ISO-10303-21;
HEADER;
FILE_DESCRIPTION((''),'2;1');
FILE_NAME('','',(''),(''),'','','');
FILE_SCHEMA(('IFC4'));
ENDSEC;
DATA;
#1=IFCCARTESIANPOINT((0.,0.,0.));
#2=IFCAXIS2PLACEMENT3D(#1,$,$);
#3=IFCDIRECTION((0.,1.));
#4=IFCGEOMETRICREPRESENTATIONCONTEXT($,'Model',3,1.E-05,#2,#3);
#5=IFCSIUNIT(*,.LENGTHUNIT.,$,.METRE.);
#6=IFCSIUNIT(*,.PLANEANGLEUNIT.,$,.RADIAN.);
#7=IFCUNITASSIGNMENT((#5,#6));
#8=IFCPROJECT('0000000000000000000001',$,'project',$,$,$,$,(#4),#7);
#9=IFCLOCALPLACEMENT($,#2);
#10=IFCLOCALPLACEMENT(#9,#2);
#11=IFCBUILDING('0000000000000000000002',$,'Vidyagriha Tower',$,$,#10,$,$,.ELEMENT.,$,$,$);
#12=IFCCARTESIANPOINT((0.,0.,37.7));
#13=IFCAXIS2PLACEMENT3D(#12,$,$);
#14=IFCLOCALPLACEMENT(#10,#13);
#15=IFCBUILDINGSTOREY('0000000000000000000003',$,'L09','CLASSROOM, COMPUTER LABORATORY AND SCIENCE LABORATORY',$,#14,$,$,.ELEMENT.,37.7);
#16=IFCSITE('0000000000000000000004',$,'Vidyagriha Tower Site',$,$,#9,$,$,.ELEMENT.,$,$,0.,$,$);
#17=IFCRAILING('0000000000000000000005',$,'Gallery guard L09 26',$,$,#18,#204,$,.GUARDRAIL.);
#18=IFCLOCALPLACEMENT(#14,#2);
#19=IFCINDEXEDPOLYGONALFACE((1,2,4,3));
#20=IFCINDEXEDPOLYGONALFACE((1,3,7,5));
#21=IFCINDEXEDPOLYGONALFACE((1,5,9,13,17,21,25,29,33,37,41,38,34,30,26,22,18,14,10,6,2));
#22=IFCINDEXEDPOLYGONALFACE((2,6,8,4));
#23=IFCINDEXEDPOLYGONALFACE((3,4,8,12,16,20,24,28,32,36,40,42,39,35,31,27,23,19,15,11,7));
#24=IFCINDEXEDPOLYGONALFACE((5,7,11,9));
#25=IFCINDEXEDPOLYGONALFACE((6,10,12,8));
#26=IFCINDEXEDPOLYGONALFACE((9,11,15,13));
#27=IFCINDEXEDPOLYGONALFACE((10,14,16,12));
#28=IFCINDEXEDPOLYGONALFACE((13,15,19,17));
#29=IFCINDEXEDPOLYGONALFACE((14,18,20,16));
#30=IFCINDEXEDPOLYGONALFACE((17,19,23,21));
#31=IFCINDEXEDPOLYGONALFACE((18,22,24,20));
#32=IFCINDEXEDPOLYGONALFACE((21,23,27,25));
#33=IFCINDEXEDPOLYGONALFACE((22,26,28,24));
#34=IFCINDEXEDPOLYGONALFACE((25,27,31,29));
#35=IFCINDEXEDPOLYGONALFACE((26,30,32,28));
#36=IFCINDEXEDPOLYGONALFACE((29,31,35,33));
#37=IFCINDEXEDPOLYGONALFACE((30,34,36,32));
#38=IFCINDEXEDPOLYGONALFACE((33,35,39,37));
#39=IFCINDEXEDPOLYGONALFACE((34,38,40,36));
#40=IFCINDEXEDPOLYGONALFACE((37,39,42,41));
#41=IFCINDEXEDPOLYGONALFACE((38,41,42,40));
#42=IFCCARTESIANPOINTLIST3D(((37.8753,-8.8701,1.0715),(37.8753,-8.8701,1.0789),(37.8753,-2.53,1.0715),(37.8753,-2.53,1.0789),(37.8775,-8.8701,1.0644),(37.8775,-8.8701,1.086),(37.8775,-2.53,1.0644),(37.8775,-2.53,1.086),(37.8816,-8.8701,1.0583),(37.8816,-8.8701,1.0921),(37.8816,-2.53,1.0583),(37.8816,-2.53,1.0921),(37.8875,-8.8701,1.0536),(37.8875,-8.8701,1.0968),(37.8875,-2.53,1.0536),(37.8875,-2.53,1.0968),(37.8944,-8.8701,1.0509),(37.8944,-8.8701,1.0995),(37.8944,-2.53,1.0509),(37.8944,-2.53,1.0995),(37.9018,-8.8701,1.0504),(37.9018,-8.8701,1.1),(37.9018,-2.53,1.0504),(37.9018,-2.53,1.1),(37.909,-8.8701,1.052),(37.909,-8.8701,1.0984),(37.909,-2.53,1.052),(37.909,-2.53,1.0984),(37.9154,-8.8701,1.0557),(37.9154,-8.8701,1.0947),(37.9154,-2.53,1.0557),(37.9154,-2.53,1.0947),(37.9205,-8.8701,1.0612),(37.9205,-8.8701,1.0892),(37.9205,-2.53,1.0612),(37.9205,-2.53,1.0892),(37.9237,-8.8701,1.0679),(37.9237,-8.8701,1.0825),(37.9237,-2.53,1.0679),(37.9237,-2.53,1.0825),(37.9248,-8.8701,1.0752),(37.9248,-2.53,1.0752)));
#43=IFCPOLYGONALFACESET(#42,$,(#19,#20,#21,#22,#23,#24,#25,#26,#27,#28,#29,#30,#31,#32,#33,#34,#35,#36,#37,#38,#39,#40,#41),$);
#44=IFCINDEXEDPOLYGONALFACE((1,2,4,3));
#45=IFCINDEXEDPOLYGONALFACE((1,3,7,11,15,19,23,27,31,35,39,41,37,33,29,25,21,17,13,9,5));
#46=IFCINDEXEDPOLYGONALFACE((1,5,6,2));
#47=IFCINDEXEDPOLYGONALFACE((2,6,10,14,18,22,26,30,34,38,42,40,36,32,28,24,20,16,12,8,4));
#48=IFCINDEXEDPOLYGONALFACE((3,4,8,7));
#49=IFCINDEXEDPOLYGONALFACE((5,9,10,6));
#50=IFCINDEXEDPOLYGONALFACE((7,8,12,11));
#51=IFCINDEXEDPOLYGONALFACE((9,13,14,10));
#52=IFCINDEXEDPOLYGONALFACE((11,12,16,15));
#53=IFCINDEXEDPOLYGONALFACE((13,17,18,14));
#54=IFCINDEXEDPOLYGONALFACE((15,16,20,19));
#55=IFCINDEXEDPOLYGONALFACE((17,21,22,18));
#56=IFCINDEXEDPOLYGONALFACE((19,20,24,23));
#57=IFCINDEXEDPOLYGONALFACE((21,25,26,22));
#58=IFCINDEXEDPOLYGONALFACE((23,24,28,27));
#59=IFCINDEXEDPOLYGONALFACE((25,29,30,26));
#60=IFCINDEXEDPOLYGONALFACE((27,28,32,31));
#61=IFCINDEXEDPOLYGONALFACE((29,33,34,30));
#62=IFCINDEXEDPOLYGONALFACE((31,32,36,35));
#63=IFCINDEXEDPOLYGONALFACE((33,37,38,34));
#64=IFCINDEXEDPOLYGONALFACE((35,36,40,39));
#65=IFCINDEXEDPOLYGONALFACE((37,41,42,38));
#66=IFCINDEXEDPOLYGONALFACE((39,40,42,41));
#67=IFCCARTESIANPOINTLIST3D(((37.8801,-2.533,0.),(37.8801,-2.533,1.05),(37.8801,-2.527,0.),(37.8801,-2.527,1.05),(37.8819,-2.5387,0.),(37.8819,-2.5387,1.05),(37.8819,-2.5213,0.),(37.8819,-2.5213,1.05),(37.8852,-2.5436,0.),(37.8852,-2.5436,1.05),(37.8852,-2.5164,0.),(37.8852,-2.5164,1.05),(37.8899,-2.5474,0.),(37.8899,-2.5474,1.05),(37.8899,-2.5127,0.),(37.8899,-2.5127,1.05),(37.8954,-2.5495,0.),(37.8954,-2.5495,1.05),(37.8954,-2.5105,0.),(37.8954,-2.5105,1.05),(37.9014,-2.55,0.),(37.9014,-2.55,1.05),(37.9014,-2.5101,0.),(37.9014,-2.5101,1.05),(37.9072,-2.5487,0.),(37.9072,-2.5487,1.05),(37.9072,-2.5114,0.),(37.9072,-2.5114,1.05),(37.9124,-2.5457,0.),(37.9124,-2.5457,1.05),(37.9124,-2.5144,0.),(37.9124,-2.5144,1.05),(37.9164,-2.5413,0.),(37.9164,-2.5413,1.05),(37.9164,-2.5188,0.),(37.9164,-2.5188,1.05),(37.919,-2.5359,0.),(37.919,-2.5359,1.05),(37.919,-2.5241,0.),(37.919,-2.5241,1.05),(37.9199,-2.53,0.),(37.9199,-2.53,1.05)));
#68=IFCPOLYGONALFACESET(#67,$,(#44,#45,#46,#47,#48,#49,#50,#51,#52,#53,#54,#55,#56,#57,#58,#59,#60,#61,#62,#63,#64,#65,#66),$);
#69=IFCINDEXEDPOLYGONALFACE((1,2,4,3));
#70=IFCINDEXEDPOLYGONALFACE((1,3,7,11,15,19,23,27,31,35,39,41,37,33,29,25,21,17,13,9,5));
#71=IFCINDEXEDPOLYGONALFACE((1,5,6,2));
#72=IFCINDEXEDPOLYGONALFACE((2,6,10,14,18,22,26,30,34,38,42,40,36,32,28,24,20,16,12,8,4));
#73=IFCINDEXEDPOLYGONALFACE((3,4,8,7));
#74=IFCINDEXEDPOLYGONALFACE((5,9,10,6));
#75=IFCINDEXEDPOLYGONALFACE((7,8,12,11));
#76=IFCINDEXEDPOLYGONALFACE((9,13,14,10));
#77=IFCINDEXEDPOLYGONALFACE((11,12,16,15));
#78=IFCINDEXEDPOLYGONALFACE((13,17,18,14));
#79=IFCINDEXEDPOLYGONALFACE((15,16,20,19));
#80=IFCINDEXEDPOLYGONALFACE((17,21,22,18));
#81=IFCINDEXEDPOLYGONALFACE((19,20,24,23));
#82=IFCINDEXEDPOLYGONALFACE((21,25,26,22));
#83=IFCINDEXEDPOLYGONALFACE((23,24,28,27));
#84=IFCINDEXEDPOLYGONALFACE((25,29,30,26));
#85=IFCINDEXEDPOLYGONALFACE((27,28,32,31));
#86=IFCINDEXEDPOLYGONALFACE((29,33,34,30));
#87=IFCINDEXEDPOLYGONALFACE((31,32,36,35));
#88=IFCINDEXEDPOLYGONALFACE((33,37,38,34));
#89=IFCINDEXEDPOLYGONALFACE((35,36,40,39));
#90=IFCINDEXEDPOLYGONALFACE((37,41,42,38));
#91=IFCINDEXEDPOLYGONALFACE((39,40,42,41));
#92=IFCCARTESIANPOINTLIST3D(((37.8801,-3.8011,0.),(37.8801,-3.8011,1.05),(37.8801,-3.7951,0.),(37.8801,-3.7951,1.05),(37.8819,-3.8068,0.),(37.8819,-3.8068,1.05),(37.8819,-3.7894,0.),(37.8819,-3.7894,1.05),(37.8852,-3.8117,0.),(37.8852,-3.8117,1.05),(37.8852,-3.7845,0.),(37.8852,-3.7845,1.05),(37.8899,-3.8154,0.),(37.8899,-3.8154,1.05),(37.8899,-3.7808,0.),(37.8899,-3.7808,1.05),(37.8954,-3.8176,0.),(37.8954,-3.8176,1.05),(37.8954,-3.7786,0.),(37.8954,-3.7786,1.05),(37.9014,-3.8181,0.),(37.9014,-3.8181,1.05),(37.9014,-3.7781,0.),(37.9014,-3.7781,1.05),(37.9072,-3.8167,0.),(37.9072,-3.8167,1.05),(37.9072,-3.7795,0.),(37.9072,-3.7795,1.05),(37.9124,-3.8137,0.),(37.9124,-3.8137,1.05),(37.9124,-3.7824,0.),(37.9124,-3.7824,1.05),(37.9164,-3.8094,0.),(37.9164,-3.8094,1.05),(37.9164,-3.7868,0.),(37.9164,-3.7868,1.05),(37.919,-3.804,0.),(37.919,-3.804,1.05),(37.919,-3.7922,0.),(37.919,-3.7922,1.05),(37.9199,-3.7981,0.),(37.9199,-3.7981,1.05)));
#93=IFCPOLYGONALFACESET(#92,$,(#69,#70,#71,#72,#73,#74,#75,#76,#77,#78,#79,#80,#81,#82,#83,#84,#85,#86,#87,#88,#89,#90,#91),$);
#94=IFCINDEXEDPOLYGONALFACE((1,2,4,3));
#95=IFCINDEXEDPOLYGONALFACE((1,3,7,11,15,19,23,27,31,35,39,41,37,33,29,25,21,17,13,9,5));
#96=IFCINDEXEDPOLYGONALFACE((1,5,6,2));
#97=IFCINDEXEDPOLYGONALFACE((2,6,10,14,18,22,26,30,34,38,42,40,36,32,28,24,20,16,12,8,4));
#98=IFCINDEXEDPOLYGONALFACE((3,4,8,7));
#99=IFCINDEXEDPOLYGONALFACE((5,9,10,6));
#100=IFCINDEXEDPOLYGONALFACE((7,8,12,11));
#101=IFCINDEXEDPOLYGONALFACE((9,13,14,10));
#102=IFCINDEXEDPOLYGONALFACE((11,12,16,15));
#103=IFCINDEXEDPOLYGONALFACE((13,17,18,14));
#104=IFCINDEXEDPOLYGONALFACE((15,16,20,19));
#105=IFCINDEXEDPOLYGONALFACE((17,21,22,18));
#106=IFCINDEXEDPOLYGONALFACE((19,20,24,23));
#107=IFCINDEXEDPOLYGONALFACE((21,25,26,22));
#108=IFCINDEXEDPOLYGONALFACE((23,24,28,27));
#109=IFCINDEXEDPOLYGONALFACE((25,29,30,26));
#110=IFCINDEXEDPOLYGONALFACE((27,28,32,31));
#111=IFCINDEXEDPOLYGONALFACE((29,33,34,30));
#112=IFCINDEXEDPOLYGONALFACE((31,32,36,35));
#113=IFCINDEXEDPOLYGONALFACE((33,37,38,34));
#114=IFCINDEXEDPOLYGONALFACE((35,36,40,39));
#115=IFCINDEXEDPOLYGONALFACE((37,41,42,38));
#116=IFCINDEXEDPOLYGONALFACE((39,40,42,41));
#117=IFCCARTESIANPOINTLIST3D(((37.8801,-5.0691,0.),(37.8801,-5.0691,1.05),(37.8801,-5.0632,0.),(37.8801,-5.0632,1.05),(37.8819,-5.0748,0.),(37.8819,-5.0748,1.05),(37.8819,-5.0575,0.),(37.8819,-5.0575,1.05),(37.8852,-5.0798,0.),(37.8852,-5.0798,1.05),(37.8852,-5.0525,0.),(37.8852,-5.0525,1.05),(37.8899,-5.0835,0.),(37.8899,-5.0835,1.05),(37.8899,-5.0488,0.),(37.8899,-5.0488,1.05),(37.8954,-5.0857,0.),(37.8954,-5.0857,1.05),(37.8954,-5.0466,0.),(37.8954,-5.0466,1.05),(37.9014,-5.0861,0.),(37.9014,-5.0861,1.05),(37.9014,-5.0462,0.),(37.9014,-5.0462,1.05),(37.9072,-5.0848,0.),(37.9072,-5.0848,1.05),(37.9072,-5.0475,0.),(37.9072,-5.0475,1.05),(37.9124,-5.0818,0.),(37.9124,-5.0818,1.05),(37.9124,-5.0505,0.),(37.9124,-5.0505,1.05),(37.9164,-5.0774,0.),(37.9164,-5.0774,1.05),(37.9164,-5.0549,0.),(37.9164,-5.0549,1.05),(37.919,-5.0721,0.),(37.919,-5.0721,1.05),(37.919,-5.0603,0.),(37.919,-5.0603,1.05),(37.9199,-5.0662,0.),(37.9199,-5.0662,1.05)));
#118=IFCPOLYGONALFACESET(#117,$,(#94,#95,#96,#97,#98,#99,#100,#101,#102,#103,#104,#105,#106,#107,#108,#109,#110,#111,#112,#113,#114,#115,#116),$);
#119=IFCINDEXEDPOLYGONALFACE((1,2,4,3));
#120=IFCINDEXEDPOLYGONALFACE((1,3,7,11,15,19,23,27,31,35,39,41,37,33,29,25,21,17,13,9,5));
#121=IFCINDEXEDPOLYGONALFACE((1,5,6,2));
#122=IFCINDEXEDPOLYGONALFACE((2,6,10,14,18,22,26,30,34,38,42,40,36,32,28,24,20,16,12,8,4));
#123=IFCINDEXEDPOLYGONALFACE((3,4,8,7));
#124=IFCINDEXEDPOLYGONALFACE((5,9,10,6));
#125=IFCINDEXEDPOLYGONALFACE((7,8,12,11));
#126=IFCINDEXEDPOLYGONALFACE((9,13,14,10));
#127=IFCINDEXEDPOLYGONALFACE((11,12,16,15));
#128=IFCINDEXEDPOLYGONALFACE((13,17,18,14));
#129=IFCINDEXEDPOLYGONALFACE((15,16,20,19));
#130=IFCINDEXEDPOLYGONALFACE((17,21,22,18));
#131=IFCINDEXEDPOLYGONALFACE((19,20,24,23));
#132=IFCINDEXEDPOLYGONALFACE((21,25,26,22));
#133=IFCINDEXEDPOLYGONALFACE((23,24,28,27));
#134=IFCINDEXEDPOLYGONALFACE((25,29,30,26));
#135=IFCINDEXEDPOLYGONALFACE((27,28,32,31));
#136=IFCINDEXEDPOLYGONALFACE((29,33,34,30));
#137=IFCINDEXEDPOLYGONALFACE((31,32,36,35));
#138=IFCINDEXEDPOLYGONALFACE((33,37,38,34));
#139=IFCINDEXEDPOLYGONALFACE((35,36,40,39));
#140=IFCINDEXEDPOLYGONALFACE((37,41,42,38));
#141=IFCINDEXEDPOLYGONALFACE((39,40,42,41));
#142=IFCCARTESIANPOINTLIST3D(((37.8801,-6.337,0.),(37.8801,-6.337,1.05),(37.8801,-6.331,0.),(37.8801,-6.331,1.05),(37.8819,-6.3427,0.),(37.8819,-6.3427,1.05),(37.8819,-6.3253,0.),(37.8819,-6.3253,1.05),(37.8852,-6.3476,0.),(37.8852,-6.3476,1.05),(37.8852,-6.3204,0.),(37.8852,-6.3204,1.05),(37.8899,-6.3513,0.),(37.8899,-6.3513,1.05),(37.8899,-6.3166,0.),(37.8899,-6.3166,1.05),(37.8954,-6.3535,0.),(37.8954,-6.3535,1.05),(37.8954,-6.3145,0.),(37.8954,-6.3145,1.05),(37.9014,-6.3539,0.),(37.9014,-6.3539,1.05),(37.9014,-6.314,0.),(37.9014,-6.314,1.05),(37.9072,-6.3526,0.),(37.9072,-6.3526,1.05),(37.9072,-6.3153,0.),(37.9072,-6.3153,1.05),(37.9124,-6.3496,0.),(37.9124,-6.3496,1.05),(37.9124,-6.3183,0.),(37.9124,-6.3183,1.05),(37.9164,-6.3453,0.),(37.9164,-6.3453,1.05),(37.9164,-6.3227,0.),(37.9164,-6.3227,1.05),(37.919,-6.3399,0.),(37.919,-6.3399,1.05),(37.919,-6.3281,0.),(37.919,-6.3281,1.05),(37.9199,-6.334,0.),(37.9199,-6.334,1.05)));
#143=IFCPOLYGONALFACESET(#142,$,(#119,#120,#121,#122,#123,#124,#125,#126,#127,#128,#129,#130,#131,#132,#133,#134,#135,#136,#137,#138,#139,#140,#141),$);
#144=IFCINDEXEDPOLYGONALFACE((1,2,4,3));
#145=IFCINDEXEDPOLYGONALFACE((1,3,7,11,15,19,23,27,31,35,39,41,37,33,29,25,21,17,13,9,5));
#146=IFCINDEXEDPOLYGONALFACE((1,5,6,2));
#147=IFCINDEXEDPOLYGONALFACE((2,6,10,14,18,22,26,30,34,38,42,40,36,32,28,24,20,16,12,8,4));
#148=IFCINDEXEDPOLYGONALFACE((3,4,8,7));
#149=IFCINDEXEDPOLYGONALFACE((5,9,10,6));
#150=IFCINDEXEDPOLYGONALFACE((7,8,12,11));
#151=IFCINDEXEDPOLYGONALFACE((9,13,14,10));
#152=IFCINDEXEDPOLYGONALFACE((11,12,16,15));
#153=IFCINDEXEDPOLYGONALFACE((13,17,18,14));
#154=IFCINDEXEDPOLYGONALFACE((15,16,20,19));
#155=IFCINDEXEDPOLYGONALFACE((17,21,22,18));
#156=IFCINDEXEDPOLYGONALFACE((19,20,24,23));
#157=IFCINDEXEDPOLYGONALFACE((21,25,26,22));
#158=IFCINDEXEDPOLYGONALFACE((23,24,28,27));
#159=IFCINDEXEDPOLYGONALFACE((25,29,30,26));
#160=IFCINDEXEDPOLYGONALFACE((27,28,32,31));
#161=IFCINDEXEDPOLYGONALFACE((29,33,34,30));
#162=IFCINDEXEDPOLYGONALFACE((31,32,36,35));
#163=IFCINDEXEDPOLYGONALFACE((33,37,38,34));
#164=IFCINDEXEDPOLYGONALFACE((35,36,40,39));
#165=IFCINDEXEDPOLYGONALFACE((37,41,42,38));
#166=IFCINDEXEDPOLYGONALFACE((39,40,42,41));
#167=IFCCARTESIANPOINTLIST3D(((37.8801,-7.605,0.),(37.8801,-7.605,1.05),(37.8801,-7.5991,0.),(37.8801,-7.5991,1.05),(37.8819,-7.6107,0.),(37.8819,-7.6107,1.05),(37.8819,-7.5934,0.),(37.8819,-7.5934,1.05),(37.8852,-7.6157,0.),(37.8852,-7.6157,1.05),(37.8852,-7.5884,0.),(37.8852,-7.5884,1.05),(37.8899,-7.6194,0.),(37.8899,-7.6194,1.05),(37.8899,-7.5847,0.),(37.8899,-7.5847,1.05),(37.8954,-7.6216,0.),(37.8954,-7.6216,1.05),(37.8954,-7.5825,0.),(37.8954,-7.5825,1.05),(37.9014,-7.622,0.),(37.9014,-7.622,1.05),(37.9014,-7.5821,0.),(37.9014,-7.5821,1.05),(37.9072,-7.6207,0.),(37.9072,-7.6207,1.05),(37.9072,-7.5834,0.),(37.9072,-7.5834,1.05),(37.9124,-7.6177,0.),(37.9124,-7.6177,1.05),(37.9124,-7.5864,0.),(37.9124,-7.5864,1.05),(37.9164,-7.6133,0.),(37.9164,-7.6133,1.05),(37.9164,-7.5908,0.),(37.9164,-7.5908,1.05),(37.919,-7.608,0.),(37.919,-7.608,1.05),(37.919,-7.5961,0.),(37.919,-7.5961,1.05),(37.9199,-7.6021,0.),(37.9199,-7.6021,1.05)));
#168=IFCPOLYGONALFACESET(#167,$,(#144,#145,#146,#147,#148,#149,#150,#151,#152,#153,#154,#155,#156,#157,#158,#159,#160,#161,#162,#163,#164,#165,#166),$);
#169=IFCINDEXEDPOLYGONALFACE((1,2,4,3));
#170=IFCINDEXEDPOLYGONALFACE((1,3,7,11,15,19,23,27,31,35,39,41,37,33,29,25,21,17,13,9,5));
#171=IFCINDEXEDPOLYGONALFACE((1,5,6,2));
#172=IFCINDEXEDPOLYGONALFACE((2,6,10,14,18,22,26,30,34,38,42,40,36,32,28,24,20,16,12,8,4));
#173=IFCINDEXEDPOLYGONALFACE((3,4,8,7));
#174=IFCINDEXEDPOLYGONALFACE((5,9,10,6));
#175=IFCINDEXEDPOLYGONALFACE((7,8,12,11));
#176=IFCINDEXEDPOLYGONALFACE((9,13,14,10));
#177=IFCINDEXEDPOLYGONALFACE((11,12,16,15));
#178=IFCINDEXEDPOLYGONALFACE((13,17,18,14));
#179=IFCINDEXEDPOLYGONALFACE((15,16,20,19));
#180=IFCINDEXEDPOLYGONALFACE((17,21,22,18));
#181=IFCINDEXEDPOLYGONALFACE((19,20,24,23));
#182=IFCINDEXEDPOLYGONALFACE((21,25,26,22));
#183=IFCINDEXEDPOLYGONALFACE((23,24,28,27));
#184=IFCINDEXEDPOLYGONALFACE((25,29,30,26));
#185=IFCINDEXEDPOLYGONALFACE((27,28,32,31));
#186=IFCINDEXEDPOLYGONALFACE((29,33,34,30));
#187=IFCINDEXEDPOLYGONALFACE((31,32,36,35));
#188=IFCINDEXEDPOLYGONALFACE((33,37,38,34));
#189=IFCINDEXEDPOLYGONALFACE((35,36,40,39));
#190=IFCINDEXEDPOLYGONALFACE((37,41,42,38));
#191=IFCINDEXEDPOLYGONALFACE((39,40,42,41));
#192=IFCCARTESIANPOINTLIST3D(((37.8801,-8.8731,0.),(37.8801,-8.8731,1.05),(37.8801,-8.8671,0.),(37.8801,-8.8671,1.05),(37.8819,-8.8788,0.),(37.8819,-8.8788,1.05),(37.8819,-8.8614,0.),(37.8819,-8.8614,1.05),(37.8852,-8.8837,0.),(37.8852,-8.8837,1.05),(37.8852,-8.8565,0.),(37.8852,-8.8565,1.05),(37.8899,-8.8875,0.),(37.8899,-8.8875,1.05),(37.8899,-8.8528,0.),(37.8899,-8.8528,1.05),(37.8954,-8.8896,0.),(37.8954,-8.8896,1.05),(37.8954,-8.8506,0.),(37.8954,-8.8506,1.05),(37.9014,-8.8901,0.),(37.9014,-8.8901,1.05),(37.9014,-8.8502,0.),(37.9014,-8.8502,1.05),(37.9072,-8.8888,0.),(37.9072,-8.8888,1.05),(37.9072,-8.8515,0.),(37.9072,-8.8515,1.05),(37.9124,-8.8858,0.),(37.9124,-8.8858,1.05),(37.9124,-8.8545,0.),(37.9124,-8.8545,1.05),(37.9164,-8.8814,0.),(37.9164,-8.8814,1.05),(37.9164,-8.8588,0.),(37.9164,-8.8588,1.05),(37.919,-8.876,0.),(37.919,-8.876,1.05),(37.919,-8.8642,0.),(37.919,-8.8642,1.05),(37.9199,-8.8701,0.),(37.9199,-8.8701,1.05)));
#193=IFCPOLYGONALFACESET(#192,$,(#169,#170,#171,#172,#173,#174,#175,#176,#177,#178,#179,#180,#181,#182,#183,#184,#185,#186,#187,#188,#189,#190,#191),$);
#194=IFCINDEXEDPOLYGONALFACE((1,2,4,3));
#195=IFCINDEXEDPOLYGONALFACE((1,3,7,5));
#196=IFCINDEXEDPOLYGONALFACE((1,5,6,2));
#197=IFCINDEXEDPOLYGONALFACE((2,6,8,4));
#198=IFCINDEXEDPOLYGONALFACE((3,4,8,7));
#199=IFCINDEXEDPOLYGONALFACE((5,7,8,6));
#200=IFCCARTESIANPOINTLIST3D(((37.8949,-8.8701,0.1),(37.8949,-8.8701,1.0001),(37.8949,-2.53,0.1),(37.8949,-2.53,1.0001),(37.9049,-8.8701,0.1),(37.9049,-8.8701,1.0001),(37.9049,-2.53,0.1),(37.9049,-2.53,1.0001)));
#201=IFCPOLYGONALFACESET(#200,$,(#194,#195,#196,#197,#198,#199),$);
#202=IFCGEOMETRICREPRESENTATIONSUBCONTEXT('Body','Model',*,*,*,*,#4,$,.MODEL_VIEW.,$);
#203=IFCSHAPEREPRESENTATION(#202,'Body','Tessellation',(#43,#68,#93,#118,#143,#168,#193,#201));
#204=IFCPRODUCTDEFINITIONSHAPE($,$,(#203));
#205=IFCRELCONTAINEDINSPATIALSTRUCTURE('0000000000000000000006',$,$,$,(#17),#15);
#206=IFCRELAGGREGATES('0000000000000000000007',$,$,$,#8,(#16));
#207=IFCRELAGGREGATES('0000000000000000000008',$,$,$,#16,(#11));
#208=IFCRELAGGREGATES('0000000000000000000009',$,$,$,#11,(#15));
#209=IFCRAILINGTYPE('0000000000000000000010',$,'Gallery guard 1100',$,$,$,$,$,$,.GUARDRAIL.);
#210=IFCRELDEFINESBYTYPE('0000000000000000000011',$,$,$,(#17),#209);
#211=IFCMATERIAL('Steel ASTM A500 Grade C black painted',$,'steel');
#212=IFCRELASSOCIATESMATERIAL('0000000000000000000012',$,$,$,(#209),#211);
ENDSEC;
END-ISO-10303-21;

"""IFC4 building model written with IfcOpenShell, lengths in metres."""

from ifc_helpers import new_model, si_unit, direction, frame, origin, origin_2d, place, context, subcontext, project, spatial, rectangle, circle, extrude, material, type_object, element, save


model = new_model("IFC4")

# Units and contexts
model_context = context("Model", 3, precision=1e-05, world=origin(), true_north=direction((0.0, 1.0)))
body_context = subcontext(model_context, "Body", "Model", "MODEL_VIEW")
ifc_project = project(units=[si_unit("LENGTHUNIT", "METRE"), si_unit("PLANEANGLEUNIT", "RADIAN")], contexts=[model_context])

# Site, building, storey
site_placement = place(None, origin())
site = spatial("IfcSite", under=ifc_project, at=site_placement, Name="Vidyagriha Tower Site", CompositionType="ELEMENT", RefElevation=0.0)
building_placement = place(site_placement, origin())
building = spatial("IfcBuilding", under=site, at=building_placement, Name="Vidyagriha Tower", CompositionType="ELEMENT")
storey_placement = place(building_placement, frame((0.0, 0.0, 37.7)))
storey = spatial("IfcBuildingStorey", under=building, at=storey_placement, Name="L09", Description="CLASSROOM, COMPUTER LABORATORY AND SCIENCE LABORATORY", CompositionType="ELEMENT", Elevation=37.7)

# Railing
ifc_material_1 = material(Name="Steel ASTM A500 Grade C black painted", Category="steel")
railing_type = type_object("IfcRailingType", Name="Gallery guard 1100", PredefinedType="GUARDRAIL", material=ifc_material_1)
railing_1_placement = place(storey_placement, frame((37.8999, -2.53, 0.0)))
element("IfcRailing", 1, at=railing_1_placement, inside=storey, type_object=railing_type, Name="Gallery guard L09 26", PredefinedType="GUARDRAIL", context=body_context, shape_type="SweptSolid", body=[
    extrude(circle(Radius=0.0249, at=origin_2d()), frame((0.0, 0.0, 1.0752), z_axis=(0.0, -1.0, 0.0), x_axis=(1.0, 0.0, 0.0)), (0.0, 0.0, 1.0), 6.3401),
    extrude(circle(Radius=0.02, at=origin_2d()), origin(), (0.0, 0.0, 1.0), 1.05),
    extrude(circle(Radius=0.02, at=origin_2d()), frame((0.0, -1.2681, 0.0)), (0.0, 0.0, 1.0), 1.05),
    extrude(circle(Radius=0.02, at=origin_2d()), frame((0.0, -2.5361, 0.0)), (0.0, 0.0, 1.0), 1.05),
    extrude(circle(Radius=0.02, at=origin_2d()), frame((0.0, -3.804, 0.0)), (0.0, 0.0, 1.0), 1.05),
    extrude(circle(Radius=0.02, at=origin_2d()), frame((0.0, -5.072, 0.0)), (0.0, 0.0, 1.0), 1.05),
    extrude(circle(Radius=0.02, at=origin_2d()), frame((0.0, -6.3401, 0.0)), (0.0, 0.0, 1.0), 1.05),
    extrude(rectangle(XDim=0.01, YDim=0.9001, at=origin_2d()), frame((0.0, 0.0, 0.55), z_axis=(0.0, -1.0, 0.0), x_axis=(1.0, 0.0, 0.0)), (0.0, 0.0, 1.0), 6.3401),
])

save(model, "model.ifc")
